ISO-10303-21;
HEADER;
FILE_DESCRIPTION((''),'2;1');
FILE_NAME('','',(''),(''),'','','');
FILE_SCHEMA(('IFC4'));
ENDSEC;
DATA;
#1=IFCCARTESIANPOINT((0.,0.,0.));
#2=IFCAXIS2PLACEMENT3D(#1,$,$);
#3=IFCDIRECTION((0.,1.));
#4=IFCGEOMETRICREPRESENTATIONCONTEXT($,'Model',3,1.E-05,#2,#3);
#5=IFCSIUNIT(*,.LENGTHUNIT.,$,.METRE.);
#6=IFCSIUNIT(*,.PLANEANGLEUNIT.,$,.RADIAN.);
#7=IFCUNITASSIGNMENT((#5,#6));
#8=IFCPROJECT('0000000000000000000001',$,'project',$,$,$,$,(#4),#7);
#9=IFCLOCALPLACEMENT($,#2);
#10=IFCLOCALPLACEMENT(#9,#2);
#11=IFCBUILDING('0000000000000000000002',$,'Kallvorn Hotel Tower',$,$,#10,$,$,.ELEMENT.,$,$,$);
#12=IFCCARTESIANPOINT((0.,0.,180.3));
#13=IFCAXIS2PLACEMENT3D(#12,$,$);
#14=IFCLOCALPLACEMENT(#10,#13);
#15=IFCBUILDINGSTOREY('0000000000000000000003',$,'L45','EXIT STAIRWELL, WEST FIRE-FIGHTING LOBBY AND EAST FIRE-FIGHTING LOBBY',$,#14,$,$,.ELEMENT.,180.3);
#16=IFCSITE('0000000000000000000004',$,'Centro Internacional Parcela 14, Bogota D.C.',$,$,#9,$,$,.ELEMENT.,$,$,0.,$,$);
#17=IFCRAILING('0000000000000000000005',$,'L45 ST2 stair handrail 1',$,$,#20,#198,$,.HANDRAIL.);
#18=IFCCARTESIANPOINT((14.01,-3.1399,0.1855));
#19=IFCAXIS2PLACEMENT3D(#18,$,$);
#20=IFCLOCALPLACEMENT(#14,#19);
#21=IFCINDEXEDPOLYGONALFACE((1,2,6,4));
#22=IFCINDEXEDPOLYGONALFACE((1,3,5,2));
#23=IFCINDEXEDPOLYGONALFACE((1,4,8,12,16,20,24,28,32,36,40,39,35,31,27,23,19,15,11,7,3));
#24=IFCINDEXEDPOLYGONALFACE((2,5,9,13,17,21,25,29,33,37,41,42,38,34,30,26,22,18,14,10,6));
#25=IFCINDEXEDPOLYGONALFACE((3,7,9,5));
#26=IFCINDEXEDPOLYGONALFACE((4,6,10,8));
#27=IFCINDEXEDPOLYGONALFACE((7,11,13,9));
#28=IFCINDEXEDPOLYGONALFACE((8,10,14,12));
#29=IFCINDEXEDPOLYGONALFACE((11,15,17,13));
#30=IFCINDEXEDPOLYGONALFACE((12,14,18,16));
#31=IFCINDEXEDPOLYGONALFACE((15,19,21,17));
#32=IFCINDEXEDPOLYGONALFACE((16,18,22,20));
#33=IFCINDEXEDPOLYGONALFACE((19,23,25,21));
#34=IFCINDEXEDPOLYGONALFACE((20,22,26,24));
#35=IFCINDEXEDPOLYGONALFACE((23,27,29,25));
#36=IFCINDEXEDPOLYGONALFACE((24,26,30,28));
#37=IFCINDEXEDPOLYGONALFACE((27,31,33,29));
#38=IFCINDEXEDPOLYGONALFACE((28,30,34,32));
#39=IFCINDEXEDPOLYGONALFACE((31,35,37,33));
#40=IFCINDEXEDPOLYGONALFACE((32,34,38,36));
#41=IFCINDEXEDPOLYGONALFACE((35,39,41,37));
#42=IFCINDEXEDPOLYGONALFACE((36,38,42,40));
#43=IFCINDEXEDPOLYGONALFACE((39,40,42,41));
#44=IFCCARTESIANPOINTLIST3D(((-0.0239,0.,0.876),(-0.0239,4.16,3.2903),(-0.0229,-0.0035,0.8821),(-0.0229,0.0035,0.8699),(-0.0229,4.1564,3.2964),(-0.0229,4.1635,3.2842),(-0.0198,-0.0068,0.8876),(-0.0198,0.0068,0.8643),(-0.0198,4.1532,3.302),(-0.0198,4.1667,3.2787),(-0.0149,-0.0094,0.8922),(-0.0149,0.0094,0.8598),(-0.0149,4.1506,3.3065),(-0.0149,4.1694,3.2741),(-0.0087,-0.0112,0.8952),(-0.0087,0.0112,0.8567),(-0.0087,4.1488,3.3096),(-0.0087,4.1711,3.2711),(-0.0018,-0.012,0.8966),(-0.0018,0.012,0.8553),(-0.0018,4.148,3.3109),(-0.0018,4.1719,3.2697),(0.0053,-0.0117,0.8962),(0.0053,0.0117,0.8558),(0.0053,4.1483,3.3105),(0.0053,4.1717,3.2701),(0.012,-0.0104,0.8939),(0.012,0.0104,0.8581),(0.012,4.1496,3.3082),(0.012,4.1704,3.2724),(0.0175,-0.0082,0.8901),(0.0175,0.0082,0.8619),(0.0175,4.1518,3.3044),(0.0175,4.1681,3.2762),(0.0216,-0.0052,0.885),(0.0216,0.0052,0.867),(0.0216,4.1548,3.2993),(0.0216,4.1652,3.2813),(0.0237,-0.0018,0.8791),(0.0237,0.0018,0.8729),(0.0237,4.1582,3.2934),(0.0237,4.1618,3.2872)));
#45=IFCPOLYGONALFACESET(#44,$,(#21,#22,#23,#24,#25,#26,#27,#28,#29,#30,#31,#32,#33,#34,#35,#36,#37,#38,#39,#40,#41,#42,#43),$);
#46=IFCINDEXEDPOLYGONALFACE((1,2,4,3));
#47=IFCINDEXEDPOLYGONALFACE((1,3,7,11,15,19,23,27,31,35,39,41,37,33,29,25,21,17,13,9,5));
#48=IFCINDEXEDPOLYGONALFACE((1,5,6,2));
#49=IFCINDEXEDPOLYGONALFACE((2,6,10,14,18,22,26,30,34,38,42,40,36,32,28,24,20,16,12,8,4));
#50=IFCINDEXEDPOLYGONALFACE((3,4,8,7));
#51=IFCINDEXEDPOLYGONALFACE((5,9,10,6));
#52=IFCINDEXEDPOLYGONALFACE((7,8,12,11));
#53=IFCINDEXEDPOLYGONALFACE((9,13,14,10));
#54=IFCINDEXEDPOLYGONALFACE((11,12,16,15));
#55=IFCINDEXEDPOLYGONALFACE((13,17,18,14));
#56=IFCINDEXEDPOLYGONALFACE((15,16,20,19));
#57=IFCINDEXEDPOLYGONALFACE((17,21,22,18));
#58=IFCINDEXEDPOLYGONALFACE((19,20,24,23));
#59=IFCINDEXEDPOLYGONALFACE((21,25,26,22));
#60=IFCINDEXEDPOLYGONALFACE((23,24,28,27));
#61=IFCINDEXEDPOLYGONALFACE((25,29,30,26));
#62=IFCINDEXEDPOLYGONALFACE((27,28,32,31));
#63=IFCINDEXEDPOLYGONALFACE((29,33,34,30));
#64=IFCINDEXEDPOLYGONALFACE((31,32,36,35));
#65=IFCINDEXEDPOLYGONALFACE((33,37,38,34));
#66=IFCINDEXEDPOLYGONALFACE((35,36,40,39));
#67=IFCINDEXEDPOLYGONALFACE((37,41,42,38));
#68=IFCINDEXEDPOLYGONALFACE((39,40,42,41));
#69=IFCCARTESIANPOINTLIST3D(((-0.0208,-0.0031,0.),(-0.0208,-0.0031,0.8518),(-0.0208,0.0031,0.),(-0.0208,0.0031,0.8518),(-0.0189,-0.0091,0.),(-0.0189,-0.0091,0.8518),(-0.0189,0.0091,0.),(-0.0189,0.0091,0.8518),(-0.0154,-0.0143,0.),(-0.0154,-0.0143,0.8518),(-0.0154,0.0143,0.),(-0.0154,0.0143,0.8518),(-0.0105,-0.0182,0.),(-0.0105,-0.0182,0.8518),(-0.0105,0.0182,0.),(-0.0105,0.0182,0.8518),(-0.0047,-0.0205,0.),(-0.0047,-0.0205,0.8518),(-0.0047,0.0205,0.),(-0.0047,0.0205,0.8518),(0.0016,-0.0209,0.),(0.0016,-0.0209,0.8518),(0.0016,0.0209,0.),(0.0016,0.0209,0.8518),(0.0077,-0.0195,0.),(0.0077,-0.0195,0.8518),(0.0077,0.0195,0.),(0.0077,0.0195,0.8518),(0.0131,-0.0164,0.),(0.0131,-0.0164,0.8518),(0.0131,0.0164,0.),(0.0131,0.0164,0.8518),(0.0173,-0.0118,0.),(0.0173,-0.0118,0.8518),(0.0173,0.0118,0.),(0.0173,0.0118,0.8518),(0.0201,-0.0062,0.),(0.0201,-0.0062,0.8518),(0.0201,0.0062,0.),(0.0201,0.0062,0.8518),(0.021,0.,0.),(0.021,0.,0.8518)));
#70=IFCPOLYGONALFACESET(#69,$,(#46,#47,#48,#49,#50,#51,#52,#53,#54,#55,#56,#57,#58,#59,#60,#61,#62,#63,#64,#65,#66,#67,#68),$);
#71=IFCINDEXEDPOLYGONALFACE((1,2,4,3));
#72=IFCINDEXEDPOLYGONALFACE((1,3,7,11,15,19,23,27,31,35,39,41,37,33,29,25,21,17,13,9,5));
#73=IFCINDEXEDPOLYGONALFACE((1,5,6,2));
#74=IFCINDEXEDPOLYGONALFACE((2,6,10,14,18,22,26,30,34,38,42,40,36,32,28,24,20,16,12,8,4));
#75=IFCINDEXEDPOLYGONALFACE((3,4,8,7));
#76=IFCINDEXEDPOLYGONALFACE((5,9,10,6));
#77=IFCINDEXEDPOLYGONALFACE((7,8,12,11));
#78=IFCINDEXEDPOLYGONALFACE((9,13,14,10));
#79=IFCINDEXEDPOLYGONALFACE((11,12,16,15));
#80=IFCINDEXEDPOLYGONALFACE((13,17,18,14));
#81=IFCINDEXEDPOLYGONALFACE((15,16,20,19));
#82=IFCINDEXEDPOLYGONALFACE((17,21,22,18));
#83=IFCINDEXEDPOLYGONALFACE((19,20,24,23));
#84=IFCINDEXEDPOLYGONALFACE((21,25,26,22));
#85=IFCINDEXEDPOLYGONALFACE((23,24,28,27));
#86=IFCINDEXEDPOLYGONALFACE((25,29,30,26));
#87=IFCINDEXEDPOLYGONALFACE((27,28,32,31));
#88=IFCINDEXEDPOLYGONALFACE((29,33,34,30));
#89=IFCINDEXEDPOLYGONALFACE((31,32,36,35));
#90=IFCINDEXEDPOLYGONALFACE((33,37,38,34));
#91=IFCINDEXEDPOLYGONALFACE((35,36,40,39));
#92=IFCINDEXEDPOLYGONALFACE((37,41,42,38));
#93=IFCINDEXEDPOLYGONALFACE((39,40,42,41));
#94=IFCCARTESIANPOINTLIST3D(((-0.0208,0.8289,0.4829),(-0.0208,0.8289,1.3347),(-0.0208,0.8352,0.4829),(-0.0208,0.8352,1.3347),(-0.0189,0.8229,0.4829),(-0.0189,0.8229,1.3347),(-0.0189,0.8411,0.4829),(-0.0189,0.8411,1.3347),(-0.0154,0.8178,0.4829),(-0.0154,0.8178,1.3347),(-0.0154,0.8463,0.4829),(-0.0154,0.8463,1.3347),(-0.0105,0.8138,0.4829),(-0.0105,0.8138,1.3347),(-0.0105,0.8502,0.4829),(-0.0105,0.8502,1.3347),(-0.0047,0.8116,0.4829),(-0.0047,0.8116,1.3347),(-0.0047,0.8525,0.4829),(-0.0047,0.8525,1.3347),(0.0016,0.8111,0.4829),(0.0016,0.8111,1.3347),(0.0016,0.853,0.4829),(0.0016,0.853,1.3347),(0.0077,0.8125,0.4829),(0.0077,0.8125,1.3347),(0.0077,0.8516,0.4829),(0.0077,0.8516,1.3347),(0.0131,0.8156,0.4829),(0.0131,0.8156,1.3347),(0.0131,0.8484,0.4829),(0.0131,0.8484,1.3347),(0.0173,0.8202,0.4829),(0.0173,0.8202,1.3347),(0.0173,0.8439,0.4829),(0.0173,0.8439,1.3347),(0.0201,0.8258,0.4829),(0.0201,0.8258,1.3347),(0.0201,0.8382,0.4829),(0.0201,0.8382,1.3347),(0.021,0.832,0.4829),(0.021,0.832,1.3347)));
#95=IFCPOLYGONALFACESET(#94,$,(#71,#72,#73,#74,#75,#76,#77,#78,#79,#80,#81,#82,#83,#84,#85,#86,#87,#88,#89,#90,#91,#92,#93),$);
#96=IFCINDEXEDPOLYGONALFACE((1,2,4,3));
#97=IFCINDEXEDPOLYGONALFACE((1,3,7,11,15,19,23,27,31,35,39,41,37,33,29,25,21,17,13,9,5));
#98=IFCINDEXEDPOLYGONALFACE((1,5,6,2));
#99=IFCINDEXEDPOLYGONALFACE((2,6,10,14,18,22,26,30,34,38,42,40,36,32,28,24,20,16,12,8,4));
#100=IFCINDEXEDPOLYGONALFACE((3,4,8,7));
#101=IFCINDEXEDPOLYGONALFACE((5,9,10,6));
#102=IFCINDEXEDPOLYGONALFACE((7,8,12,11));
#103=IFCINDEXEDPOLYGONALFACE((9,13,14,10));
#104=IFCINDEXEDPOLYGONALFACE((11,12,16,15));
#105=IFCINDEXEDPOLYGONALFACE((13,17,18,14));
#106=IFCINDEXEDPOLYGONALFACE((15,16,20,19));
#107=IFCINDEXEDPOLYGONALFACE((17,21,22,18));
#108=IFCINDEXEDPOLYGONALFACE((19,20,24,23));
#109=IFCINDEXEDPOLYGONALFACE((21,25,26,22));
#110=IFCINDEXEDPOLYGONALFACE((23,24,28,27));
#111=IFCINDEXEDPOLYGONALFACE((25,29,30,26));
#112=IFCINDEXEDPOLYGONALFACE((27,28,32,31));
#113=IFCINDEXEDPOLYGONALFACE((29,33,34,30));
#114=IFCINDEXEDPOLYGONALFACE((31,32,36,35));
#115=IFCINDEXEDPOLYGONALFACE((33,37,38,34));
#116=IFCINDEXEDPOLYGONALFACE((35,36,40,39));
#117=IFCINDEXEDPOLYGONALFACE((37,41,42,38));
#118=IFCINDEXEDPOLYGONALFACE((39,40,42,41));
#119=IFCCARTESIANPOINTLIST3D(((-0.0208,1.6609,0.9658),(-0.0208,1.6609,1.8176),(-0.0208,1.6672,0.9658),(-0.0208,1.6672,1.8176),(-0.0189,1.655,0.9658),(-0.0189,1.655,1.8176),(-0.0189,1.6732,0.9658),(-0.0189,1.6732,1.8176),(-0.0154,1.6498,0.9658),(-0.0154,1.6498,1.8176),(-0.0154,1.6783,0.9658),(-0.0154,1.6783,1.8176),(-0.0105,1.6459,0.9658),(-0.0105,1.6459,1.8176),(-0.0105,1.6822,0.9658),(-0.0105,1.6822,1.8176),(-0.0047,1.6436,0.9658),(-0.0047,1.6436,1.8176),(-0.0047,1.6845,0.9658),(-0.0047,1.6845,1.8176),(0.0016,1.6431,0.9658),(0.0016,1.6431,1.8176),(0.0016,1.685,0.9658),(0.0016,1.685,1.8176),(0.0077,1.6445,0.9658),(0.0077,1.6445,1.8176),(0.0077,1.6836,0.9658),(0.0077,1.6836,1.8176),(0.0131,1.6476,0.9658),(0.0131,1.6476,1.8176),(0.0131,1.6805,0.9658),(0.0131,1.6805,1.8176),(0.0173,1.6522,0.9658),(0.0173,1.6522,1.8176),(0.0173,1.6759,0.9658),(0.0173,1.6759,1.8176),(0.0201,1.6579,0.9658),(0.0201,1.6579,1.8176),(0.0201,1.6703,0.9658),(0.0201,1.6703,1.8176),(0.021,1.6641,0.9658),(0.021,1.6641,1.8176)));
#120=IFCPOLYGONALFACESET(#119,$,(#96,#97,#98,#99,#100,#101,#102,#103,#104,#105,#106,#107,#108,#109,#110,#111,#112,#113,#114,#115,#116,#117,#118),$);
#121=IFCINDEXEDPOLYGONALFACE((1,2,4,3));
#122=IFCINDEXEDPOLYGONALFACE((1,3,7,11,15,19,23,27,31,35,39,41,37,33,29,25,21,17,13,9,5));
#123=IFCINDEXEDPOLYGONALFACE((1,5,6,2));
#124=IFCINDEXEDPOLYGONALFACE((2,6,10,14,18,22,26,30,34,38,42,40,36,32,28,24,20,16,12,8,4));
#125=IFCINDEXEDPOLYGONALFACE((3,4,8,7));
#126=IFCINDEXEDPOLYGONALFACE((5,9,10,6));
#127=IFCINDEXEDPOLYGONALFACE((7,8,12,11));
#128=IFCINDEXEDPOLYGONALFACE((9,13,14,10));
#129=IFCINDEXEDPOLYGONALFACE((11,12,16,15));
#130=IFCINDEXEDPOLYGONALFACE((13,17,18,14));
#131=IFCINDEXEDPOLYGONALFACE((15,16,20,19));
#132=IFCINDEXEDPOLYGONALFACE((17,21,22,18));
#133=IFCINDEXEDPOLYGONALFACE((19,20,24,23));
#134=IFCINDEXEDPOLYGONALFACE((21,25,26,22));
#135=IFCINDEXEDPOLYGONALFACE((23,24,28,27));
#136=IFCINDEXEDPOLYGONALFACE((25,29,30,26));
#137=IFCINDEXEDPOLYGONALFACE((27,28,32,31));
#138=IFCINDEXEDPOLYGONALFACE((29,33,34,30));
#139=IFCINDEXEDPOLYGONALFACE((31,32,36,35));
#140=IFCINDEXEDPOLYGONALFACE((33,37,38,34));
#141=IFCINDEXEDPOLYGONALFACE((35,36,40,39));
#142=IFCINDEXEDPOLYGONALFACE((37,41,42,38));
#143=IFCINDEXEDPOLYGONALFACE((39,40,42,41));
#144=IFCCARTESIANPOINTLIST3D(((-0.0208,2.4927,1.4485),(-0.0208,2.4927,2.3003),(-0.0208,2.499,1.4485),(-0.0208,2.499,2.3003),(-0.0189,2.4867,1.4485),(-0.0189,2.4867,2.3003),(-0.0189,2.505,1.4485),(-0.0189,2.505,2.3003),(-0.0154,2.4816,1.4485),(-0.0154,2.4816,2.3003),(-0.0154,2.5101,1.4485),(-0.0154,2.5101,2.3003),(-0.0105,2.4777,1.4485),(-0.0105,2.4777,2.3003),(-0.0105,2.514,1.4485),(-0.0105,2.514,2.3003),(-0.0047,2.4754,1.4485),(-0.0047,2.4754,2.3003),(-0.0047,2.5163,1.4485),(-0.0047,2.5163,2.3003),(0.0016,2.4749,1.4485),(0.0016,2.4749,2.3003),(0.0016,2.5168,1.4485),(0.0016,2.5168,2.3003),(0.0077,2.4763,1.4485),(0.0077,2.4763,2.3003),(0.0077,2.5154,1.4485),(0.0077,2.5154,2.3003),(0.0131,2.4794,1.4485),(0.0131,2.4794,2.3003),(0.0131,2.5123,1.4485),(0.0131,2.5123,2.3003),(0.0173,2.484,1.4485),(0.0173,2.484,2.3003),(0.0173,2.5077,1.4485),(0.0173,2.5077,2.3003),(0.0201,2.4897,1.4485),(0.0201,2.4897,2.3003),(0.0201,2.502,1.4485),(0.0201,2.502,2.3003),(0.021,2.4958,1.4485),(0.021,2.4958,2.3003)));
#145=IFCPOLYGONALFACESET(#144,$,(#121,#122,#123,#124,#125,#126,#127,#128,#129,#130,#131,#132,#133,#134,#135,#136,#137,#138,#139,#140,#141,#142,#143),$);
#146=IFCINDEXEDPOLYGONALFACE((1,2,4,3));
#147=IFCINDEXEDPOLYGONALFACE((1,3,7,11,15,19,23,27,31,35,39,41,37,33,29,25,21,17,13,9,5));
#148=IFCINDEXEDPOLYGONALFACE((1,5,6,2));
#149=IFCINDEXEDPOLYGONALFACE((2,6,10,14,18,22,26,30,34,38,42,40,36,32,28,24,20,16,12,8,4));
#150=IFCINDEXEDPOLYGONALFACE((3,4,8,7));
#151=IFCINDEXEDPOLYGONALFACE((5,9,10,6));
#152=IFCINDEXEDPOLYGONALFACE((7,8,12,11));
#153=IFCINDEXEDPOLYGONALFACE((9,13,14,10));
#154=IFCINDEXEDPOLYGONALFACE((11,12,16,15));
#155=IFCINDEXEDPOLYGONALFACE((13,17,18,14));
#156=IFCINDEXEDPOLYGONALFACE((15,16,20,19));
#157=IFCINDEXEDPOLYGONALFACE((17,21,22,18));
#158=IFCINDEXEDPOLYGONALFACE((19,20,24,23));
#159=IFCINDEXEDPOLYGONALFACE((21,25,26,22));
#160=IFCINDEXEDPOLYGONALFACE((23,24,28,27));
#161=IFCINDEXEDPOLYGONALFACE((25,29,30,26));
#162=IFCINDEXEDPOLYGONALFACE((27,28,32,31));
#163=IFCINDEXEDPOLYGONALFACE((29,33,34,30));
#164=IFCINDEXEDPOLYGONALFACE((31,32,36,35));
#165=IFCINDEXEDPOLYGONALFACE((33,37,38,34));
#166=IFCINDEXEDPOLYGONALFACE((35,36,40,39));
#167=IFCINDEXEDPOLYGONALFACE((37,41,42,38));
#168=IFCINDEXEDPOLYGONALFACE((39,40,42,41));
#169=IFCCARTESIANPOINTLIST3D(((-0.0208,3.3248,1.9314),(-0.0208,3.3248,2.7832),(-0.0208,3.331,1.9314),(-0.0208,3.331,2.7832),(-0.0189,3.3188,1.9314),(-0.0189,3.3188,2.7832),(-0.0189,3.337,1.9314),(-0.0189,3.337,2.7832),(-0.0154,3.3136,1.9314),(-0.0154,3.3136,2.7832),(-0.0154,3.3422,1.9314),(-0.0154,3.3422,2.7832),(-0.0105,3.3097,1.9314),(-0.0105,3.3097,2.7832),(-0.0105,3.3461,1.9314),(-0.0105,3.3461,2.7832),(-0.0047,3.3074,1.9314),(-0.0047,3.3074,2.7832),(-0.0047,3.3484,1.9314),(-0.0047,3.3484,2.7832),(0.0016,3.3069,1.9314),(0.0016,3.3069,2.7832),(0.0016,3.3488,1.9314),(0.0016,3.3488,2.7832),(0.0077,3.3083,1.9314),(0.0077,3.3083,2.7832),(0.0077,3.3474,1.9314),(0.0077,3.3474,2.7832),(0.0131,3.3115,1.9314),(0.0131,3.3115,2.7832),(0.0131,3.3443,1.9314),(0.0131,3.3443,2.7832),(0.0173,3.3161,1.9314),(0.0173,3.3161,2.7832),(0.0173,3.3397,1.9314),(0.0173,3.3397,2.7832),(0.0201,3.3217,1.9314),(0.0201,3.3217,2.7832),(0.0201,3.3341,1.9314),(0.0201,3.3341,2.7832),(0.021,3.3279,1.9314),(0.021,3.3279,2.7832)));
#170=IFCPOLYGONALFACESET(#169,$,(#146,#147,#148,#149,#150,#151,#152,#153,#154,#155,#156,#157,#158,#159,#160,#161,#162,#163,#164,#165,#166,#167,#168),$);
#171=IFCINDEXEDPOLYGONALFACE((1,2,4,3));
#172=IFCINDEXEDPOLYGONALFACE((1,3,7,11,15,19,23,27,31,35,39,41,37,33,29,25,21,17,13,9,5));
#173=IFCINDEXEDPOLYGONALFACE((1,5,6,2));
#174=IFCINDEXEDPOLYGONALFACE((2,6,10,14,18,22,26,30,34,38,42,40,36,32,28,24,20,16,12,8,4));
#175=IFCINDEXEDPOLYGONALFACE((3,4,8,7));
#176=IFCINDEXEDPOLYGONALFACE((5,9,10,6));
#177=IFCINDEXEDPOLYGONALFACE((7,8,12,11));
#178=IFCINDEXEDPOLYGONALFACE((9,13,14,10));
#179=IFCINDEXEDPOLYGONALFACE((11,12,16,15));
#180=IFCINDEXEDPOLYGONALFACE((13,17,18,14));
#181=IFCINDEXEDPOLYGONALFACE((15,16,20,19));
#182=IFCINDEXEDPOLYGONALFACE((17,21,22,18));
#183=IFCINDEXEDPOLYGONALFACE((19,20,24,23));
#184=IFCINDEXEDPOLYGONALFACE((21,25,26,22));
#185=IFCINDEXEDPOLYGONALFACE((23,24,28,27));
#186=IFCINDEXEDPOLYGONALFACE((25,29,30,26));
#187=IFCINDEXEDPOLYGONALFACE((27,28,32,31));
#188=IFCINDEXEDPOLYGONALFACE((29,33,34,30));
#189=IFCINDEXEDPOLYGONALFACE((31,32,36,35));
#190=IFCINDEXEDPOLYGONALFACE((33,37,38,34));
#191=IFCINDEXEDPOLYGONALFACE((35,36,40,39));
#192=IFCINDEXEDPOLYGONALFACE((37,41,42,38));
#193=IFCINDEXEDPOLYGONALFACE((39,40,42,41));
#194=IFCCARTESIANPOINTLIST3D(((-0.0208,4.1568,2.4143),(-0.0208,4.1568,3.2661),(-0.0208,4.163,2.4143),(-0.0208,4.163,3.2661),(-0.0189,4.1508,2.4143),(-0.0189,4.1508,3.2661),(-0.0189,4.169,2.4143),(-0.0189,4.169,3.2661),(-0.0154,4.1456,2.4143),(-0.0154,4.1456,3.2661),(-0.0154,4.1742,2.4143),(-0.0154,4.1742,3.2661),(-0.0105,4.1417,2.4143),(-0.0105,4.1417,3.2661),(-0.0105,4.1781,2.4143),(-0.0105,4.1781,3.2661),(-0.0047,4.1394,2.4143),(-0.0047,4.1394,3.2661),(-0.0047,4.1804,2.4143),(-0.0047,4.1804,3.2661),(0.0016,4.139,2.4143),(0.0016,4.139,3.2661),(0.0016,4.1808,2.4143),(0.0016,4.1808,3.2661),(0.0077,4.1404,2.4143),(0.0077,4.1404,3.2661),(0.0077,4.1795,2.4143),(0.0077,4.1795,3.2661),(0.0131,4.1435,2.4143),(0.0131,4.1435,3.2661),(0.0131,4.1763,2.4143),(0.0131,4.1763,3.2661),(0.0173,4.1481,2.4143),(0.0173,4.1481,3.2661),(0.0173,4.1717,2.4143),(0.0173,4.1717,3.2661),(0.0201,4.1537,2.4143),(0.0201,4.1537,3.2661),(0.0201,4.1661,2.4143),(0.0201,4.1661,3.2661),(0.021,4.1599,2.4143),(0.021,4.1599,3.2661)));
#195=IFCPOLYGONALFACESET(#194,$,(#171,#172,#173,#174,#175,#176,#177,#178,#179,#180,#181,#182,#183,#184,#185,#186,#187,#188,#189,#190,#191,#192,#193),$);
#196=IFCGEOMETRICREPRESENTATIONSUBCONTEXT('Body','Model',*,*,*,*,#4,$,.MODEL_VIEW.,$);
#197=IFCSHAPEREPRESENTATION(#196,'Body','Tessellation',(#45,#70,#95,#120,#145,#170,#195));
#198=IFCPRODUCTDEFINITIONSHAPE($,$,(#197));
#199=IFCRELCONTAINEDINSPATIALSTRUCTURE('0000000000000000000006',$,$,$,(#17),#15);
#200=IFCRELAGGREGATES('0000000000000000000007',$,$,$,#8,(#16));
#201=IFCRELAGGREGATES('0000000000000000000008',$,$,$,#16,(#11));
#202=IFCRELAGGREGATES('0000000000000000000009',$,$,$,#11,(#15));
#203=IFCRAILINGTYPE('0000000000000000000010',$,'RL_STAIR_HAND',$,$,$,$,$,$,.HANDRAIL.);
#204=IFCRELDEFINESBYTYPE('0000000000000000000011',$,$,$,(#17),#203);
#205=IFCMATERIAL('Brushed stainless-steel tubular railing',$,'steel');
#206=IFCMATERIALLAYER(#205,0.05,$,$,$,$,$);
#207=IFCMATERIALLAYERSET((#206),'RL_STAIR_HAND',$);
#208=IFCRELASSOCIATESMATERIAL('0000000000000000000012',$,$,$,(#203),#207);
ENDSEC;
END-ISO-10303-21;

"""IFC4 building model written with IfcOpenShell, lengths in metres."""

from ifc_helpers import new_model, si_unit, direction, frame, origin, origin_2d, place, context, subcontext, project, spatial, circle, extrude, material, layer, layer_set, type_object, element, save


model = new_model("IFC4")

# Units and contexts
model_context = context("Model", 3, precision=1e-05, world=origin(), true_north=direction((0.0, 1.0)))
body_context = subcontext(model_context, "Body", "Model", "MODEL_VIEW")
ifc_project = project(units=[si_unit("LENGTHUNIT", "METRE"), si_unit("PLANEANGLEUNIT", "RADIAN")], contexts=[model_context])

# Site, building, storey
site_placement = place(None, origin())
site = spatial("IfcSite", under=ifc_project, at=site_placement, Name="Centro Internacional Parcela 14, Bogota D.C.", CompositionType="ELEMENT", RefElevation=0.0)
building_placement = place(site_placement, origin())
building = spatial("IfcBuilding", under=site, at=building_placement, Name="Kallvorn Hotel Tower", CompositionType="ELEMENT")
storey_placement = place(building_placement, frame((0.0, 0.0, 180.3)))
storey = spatial("IfcBuildingStorey", under=building, at=storey_placement, Name="L45", Description="EXIT STAIRWELL, WEST FIRE-FIGHTING LOBBY AND EAST FIRE-FIGHTING LOBBY", CompositionType="ELEMENT", Elevation=180.3)

# Railing
ifc_material_1 = material(Name="Brushed stainless-steel tubular railing", Category="steel")
ifc_layer_1 = layer(ifc_material_1, 0.05)
ifc_layer_set_1 = layer_set([ifc_layer_1], Name="RL_STAIR_HAND")
railing_type_1 = type_object("IfcRailingType", Name="RL_STAIR_HAND", PredefinedType="HANDRAIL", material=ifc_layer_set_1)
railing_1_placement = place(storey_placement, frame((14.01, -3.1399, 0.1855)))
element("IfcRailing", 1, at=railing_1_placement, inside=storey, type_object=railing_type_1, Name="L45 ST2 stair handrail 1", PredefinedType="HANDRAIL", context=body_context, shape_type="SweptSolid", body=[
    extrude(circle(Radius=0.0239, at=origin_2d()), frame((0.0, 0.0, 0.876), z_axis=(0.0, 0.864891, 0.50196), x_axis=(-1.0, 0.0, 0.0)), (0.0, 0.0, 1.0), 4.8098),
    extrude(circle(Radius=0.021, at=origin_2d()), origin(), (0.0, 0.0, 1.0), 0.8518),
    extrude(circle(Radius=0.021, at=origin_2d()), frame((0.0, 0.832, 0.4829)), (0.0, 0.0, 1.0), 0.8518),
    extrude(circle(Radius=0.021, at=origin_2d()), frame((0.0, 1.6641, 0.9658)), (0.0, 0.0, 1.0), 0.8518),
    extrude(circle(Radius=0.021, at=origin_2d()), frame((0.0, 2.4958, 1.4485)), (0.0, 0.0, 1.0), 0.8518),
    extrude(circle(Radius=0.021, at=origin_2d()), frame((0.0, 3.3279, 1.9314)), (0.0, 0.0, 1.0), 0.8518),
    extrude(circle(Radius=0.021, at=origin_2d()), frame((0.0, 4.1599, 2.4143)), (0.0, 0.0, 1.0), 0.8518),
])

save(model, "model.ifc")
